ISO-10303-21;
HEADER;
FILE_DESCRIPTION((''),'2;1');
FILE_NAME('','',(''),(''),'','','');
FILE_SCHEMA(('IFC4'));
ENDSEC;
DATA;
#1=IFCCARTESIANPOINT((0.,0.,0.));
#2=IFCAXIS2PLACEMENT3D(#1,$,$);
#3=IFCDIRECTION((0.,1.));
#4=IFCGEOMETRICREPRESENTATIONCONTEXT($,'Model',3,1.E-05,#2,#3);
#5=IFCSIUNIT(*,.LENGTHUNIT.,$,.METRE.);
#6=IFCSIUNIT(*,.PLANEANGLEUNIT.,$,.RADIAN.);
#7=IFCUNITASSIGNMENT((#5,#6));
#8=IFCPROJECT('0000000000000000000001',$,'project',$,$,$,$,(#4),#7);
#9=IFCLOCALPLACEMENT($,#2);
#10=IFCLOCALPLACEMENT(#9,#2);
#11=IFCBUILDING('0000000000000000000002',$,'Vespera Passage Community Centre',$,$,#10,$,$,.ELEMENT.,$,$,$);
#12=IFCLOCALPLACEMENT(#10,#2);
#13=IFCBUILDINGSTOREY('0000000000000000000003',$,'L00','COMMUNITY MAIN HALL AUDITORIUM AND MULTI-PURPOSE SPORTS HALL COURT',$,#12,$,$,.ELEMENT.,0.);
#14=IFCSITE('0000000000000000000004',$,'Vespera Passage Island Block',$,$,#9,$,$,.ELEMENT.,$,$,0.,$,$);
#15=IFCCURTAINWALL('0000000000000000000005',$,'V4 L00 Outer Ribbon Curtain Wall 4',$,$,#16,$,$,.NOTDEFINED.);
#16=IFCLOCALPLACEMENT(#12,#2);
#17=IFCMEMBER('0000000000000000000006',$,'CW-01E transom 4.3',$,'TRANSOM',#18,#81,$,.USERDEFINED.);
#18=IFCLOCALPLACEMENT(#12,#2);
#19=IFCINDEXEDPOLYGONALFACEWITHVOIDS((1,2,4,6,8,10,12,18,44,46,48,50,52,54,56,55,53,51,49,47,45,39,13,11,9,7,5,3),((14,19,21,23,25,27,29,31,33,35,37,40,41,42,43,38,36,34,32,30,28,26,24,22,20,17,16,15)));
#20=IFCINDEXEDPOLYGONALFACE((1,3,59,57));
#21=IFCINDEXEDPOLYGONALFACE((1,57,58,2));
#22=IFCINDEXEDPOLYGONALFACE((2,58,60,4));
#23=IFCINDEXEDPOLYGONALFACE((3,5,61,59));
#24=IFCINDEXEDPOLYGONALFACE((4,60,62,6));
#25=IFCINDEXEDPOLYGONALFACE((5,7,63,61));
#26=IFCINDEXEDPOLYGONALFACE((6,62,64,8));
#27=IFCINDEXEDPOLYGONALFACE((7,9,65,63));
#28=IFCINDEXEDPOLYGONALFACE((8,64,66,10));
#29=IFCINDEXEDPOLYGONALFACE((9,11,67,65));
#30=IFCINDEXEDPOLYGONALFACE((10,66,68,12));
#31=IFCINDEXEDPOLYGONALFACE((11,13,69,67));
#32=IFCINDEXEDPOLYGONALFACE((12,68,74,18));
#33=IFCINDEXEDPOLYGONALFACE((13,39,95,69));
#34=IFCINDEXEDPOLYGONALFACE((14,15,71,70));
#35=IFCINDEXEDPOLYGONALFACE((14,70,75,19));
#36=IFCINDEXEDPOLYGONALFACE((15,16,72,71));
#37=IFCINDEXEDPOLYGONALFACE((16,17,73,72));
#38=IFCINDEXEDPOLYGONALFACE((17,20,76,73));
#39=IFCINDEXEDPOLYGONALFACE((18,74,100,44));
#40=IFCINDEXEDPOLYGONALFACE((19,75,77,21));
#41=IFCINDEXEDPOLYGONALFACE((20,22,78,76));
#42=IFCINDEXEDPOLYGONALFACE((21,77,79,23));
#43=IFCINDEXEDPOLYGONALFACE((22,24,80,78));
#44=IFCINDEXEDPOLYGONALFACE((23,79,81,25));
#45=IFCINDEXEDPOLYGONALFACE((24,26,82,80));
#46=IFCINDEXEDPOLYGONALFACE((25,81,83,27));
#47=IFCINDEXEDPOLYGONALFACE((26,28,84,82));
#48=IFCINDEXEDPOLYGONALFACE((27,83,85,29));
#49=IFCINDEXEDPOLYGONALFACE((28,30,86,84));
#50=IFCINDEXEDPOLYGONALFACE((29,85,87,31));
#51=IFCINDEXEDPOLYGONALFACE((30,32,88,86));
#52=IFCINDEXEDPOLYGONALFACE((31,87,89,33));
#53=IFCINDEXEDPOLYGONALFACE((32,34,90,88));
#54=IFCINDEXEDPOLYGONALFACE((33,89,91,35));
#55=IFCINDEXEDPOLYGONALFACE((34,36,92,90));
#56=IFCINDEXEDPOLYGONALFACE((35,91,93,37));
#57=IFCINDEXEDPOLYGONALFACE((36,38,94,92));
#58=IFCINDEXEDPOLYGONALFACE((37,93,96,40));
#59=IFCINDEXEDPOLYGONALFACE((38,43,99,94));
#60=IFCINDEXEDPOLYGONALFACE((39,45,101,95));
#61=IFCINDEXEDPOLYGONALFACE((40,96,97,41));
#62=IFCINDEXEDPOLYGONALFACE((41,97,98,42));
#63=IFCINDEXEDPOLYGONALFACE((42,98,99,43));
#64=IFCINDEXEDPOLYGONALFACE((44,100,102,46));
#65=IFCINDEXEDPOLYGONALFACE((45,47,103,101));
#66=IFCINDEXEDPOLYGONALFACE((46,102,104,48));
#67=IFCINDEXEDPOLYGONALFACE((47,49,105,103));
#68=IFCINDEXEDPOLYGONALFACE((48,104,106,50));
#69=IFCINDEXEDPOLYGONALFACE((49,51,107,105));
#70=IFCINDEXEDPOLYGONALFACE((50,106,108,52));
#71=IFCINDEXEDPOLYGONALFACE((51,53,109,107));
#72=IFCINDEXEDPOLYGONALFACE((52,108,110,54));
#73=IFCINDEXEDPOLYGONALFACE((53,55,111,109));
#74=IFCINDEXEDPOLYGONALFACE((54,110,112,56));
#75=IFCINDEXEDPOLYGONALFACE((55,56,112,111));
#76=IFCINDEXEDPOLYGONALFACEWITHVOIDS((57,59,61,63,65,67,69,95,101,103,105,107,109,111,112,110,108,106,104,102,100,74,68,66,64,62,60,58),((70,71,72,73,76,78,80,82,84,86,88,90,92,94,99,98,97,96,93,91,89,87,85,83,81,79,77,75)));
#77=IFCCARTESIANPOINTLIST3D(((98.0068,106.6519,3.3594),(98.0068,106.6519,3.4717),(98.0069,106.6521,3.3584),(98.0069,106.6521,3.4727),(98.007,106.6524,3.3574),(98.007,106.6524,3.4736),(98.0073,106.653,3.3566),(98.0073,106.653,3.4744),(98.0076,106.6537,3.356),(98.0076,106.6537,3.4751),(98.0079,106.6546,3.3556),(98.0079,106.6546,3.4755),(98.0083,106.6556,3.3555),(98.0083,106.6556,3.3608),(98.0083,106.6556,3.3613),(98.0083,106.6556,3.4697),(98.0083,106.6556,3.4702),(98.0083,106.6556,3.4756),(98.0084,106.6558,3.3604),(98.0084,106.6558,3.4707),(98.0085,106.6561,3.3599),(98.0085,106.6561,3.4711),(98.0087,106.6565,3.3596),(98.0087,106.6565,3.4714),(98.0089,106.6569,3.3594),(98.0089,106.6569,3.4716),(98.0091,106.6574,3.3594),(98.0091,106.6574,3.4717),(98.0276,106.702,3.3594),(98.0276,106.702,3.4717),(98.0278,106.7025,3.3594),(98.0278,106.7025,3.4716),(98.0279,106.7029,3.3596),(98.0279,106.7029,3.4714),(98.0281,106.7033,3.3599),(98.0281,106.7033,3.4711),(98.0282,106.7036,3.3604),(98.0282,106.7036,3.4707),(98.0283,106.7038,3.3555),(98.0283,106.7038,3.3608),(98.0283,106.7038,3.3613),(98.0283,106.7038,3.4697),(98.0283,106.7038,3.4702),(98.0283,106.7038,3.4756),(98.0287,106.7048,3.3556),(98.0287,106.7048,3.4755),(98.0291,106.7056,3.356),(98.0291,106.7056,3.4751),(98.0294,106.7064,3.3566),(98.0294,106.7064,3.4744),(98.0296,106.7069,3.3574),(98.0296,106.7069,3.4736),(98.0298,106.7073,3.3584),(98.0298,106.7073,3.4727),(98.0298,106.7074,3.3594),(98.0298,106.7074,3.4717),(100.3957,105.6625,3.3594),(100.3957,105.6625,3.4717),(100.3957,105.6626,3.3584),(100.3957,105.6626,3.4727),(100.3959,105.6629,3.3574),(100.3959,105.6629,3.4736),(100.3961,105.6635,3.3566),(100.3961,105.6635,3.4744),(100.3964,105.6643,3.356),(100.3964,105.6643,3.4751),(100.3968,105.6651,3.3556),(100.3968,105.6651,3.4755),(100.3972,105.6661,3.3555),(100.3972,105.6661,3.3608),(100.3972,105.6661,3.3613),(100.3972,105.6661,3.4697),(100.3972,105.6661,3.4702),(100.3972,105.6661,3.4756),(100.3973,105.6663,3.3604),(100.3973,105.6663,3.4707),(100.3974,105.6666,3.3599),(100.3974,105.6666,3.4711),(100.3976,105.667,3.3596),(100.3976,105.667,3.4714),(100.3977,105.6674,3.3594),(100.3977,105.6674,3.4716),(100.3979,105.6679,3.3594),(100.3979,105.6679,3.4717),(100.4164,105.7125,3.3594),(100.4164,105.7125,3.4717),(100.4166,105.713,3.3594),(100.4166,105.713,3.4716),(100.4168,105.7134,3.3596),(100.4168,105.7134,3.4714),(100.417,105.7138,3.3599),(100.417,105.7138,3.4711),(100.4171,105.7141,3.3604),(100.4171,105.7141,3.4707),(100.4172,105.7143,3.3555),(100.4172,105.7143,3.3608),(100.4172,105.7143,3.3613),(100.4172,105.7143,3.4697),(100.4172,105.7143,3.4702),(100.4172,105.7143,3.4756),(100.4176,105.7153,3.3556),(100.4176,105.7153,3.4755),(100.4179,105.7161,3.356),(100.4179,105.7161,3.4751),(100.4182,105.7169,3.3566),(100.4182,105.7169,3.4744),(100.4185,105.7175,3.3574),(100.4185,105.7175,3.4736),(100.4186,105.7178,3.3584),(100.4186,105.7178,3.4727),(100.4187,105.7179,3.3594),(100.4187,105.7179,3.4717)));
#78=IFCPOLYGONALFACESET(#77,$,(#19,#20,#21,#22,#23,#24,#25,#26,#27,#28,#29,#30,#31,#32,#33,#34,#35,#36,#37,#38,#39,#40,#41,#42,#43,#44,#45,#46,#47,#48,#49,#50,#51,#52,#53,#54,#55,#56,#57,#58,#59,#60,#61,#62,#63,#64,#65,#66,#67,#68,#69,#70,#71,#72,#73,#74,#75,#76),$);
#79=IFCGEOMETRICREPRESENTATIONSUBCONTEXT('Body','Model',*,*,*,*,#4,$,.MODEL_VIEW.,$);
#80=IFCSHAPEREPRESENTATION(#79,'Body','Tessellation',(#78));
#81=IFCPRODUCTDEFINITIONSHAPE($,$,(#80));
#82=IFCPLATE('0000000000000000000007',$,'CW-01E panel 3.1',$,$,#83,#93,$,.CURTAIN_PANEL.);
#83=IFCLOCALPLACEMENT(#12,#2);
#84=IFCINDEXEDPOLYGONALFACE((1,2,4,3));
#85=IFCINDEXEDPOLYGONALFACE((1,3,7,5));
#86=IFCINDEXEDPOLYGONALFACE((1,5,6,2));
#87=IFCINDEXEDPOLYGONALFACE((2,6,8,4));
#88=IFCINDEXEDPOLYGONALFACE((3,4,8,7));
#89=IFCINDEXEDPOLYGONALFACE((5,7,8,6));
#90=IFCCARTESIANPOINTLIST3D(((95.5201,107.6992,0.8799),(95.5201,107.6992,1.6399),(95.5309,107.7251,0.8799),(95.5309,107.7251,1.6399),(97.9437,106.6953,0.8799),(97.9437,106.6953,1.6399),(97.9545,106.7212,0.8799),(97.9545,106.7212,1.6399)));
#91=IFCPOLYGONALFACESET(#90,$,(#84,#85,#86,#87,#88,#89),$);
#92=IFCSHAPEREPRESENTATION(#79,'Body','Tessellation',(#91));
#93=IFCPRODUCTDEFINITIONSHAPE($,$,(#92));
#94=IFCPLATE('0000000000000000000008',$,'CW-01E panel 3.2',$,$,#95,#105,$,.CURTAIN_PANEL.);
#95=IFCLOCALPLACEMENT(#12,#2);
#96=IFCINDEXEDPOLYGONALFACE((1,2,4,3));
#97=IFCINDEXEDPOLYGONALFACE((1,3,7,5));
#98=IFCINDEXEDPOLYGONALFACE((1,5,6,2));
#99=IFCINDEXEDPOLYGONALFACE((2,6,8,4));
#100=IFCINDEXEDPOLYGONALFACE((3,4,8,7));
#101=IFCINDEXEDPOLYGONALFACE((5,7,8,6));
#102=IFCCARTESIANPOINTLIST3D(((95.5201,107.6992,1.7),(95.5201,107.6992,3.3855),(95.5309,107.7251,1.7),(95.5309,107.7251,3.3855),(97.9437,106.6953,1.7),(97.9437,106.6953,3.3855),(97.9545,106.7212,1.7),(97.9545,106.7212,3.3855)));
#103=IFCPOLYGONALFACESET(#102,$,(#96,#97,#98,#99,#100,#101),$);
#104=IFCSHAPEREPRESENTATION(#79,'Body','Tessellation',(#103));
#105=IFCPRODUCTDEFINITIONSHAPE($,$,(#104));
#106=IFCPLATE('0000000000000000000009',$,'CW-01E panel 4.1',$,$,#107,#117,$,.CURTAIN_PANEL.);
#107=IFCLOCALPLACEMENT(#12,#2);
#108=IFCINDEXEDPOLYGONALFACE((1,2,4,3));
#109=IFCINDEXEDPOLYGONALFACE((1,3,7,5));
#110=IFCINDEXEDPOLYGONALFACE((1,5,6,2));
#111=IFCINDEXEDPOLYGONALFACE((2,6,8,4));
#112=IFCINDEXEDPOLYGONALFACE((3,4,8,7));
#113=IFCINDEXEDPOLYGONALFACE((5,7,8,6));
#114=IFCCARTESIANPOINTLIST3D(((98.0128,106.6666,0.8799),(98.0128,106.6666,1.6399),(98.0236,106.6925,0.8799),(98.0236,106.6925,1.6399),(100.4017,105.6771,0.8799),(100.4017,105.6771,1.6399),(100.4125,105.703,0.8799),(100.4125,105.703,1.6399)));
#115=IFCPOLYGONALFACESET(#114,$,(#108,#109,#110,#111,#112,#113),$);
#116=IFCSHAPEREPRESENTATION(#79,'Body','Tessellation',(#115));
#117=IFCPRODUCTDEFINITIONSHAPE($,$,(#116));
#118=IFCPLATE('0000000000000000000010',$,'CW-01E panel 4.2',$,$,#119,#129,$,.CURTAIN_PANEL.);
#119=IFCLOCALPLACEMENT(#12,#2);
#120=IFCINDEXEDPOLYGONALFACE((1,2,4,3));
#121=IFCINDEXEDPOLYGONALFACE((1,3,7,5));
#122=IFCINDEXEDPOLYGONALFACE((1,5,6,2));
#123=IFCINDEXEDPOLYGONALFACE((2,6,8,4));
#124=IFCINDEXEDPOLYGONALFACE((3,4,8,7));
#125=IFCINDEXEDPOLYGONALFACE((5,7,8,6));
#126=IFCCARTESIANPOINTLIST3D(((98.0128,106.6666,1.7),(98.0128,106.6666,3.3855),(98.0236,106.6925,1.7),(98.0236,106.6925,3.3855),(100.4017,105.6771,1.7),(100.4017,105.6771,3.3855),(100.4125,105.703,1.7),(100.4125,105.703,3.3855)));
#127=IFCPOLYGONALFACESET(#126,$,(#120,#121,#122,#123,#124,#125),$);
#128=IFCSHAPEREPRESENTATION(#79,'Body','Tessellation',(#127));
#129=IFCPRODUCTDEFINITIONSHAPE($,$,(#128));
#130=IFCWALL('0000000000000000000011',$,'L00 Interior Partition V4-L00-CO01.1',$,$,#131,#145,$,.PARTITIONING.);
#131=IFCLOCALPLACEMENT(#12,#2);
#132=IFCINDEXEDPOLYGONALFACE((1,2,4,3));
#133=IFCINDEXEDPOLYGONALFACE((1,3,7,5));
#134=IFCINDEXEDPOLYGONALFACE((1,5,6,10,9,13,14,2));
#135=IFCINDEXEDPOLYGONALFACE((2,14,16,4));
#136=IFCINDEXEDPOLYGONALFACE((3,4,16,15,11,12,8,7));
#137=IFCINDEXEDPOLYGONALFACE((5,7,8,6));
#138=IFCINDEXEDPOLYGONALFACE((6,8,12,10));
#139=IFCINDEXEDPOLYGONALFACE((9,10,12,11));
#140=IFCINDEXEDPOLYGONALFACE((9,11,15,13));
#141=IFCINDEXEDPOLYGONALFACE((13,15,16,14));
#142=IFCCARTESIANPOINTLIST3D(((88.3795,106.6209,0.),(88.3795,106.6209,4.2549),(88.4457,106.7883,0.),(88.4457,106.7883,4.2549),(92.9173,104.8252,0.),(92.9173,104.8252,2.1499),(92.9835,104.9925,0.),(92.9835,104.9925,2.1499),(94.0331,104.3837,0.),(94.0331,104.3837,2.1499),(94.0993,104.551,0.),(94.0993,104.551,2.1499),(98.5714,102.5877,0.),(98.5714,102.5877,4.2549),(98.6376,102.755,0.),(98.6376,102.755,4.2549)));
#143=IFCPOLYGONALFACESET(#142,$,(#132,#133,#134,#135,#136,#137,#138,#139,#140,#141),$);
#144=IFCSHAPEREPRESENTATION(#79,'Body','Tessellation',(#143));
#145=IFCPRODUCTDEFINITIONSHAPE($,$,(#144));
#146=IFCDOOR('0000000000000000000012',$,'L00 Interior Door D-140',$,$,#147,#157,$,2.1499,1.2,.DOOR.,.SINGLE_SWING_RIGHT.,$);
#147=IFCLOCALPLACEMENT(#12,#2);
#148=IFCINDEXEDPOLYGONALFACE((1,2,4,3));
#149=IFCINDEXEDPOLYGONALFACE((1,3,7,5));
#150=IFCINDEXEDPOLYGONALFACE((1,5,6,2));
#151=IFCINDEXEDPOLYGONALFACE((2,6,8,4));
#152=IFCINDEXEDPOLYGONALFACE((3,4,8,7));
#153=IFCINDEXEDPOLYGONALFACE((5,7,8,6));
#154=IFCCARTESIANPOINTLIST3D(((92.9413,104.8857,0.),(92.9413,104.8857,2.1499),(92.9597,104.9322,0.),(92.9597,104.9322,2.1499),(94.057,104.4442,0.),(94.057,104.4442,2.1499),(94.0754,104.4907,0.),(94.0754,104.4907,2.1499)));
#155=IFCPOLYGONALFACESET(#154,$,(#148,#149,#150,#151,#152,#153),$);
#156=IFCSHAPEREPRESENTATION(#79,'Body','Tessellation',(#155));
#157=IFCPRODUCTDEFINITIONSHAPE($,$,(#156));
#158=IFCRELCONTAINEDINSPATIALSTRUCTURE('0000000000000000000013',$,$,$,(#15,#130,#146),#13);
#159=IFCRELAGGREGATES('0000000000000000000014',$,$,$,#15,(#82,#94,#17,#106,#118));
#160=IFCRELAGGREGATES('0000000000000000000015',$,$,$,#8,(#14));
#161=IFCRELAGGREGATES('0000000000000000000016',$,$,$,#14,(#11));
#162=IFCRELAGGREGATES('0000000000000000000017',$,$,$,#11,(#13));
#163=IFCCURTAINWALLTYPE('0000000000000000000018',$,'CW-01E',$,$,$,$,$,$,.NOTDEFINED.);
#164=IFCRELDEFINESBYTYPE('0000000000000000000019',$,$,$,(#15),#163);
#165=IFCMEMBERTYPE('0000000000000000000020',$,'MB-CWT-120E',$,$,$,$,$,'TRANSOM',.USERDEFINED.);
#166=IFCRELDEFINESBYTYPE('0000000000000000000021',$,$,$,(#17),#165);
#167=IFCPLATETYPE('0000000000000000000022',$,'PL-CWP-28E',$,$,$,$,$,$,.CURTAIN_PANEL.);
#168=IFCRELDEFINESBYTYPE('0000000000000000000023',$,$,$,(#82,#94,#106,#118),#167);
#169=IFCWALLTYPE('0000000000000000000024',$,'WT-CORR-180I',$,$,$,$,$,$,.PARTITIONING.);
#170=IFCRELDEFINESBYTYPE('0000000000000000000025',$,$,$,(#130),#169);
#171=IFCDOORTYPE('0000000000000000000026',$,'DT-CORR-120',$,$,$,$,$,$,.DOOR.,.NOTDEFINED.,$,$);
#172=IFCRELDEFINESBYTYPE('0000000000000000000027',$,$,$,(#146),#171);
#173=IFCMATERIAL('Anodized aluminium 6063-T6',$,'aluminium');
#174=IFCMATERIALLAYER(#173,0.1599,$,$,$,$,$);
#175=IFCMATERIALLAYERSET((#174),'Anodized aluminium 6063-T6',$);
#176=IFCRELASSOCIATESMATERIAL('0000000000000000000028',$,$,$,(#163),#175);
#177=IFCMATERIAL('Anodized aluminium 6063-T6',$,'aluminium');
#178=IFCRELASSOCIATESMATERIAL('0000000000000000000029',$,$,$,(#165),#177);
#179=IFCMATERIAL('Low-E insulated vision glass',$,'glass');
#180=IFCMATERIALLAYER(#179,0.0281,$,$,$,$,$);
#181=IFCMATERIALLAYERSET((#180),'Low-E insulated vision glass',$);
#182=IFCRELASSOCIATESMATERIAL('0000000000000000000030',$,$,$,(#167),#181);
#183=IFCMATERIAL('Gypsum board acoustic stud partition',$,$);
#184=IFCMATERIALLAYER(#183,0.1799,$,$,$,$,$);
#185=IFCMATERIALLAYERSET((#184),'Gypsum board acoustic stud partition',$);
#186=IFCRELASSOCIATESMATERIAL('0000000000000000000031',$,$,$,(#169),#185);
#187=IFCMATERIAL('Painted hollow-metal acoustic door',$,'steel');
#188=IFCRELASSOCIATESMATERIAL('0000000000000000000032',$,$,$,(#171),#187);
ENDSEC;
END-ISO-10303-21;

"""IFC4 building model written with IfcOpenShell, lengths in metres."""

from ifc_helpers import new_model, si_unit, direction, frame, frame_2d, origin, origin_2d, place, context, subcontext, project, spatial, rectangle, hollow_rectangle, extrude, material, layer, layer_set, material_profile, profile_set, type_object, element, fill, aggregate, save


model = new_model("IFC4")

# Units and contexts
model_context = context("Model", 3, precision=1e-05, world=origin(), true_north=direction((0.0, 1.0)))
body_context = subcontext(model_context, "Body", "Model", "MODEL_VIEW")
ifc_project = project(units=[si_unit("LENGTHUNIT", "METRE"), si_unit("PLANEANGLEUNIT", "RADIAN")], contexts=[model_context])

# Site, building, storey
site_placement = place(None, origin())
site = spatial("IfcSite", under=ifc_project, at=site_placement, Name="Vespera Passage Island Block", CompositionType="ELEMENT", RefElevation=0.0)
building_placement = place(site_placement, origin())
building = spatial("IfcBuilding", under=site, at=building_placement, Name="Vespera Passage Community Centre", CompositionType="ELEMENT")
storey_placement = place(building_placement, origin())
storey = spatial("IfcBuildingStorey", under=building, at=storey_placement, Name="L00", Description="COMMUNITY MAIN HALL AUDITORIUM AND MULTI-PURPOSE SPORTS HALL COURT", CompositionType="ELEMENT", Elevation=0.0)

# Curtain wall, member, plates
ifc_material_1 = material(Name="Anodized aluminium 6063-T6", Category="aluminium")
ifc_layer_1 = layer(ifc_material_1, 0.1599)
ifc_layer_set_1 = layer_set([ifc_layer_1], Name="Anodized aluminium 6063-T6")
curtain_wall_type = type_object("IfcCurtainWallType", Name="CW-01E", PredefinedType="NOTDEFINED", material=ifc_layer_set_1)
curtain_wall_placement = place(storey_placement, origin())
curtain_wall = element("IfcCurtainWall", 1, at=curtain_wall_placement, inside=storey, type_object=curtain_wall_type, Name="V4 L00 Outer Ribbon Curtain Wall 4", PredefinedType="NOTDEFINED")
ifc_material_2 = material(Name="Anodized aluminium 6063-T6", Category="aluminium")
ifc_material_profile_1 = material_profile(ifc_material_2, hollow_rectangle(XDim=0.0601, YDim=0.1201, WallThickness=0.0039, InnerFilletRadius=0.002, OuterFilletRadius=0.0039, at=origin_2d()), Name="ALU120X60X4")
ifc_profile_set_1 = profile_set([ifc_material_profile_1], Name="Anodized aluminium 6063-T6")
member_type_1 = type_object("IfcMemberType", Name="MB-CWT-120E", ElementType="TRANSOM", PredefinedType="USERDEFINED", material=ifc_profile_set_1)
member_1_placement = place(storey_placement, frame((98.0183, 106.6797, 3.4155), z_axis=(0.923882, -0.382677, 0.0), x_axis=(0.382677, 0.923882, 0.0)))
member_1 = element("IfcMember", 2, at=member_1_placement, type_object=member_type_1, Name="CW-01E transom 4.3", ObjectType="TRANSOM", PredefinedType="USERDEFINED", context=body_context, shape_type="SweptSolid", body=[
    extrude(hollow_rectangle(XDim=0.0601, YDim=0.1201, WallThickness=0.0039, InnerFilletRadius=0.002, OuterFilletRadius=0.0039, at=origin_2d()), origin(), (0.0, 0.0, 1.0), 2.5857),
])
ifc_material_3 = material(Name="Low-E insulated vision glass", Category="glass")
ifc_layer_2 = layer(ifc_material_3, 0.0281)
ifc_layer_set_2 = layer_set([ifc_layer_2], Name="Low-E insulated vision glass")
plate_type = type_object("IfcPlateType", Name="PL-CWP-28E", PredefinedType="CURTAIN_PANEL", material=ifc_layer_set_2)
plate_1_placement = place(storey_placement, frame((96.7373, 107.2102, 0.8799), z_axis=(0.0, 0.0, 1.0), x_axis=(0.92388, -0.382683, 0.0)))
plate_1 = element("IfcPlate", 3, at=plate_1_placement, type_object=plate_type, Name="CW-01E panel 3.1", PredefinedType="CURTAIN_PANEL", context=body_context, shape_type="SweptSolid", body=[
    extrude(rectangle(XDim=2.6233, YDim=0.0281, at=origin_2d()), origin(), (0.0, 0.0, 1.0), 0.76),
])
plate_2_placement = place(storey_placement, frame((96.7373, 107.2102, 1.7), z_axis=(0.0, 0.0, 1.0), x_axis=(0.92388, -0.382683, 0.0)))
plate_2 = element("IfcPlate", 4, at=plate_2_placement, type_object=plate_type, Name="CW-01E panel 3.2", PredefinedType="CURTAIN_PANEL", context=body_context, shape_type="SweptSolid", body=[
    extrude(rectangle(XDim=2.6233, YDim=0.0281, at=origin_2d()), origin(), (0.0, 0.0, 1.0), 1.6855),
])
plate_3_placement = place(storey_placement, frame((99.2126, 106.1848, 0.8799), z_axis=(0.0, 0.0, 1.0), x_axis=(0.92388, -0.382683, 0.0)))
plate_3 = element("IfcPlate", 5, at=plate_3_placement, type_object=plate_type, Name="CW-01E panel 4.1", PredefinedType="CURTAIN_PANEL", context=body_context, shape_type="SweptSolid", body=[
    extrude(rectangle(XDim=2.5857, YDim=0.0281, at=origin_2d()), origin(), (0.0, 0.0, 1.0), 0.76),
])
plate_4_placement = place(storey_placement, frame((99.2126, 106.1848, 1.7), z_axis=(0.0, 0.0, 1.0), x_axis=(0.92388, -0.382683, 0.0)))
plate_4 = element("IfcPlate", 6, at=plate_4_placement, type_object=plate_type, Name="CW-01E panel 4.2", PredefinedType="CURTAIN_PANEL", context=body_context, shape_type="SweptSolid", body=[
    extrude(rectangle(XDim=2.5857, YDim=0.0281, at=origin_2d()), origin(), (0.0, 0.0, 1.0), 1.6855),
])
aggregate(curtain_wall, [plate_1, plate_2, member_1, plate_3, plate_4])

# Wall, opening, door
ifc_material_4 = material(Name="Gypsum board acoustic stud partition")
ifc_layer_3 = layer(ifc_material_4, 0.1799)
ifc_layer_set_3 = layer_set([ifc_layer_3], Name="Gypsum board acoustic stud partition")
wall_type_1 = type_object("IfcWallType", Name="WT-CORR-180I", PredefinedType="PARTITIONING", material=ifc_layer_set_3)
wall_1_placement = place(storey_placement, frame((98.6045, 102.6714, 0.0), z_axis=(0.0, 0.0, 1.0), x_axis=(-0.929841, 0.367963, 0.0)))
wall_1 = element("IfcWall", 7, at=wall_1_placement, inside=storey, type_object=wall_type_1, Name="L00 Interior Partition V4-L00-CO01.1", PredefinedType="PARTITIONING", context=body_context, shape_type="SweptSolid", body=[
    extrude(rectangle(XDim=10.9609, YDim=0.1799, at=frame_2d((5.4805, 0.0))), origin(), (0.0, 0.0, 1.0), 4.2549),
])
opening_1_placement = place(wall_1_placement, frame((4.8806, 0.0, 0.0)))
opening_1 = element("IfcOpeningElement", 8, at=opening_1_placement, cuts=wall_1, PredefinedType="OPENING", context=body_context, shape_type="SweptSolid", body=[
    extrude(rectangle(XDim=1.2, YDim=2.1499, at=frame_2d((0.6001, 1.075))), frame((0.0, 0.0999, 0.0), z_axis=(0.0, -1.0, 0.0), x_axis=(1.0, 0.0, 0.0)), (0.0, 0.0, 1.0), 0.2),
])
ifc_material_5 = material(Name="Painted hollow-metal acoustic door", Category="steel")
door_type_1 = type_object("IfcDoorType", Name="DT-CORR-120", OperationType="NOTDEFINED", PredefinedType="DOOR", material=ifc_material_5)
door_1_placement = place(opening_1_placement, origin())
door_1 = element("IfcDoor", 9, at=door_1_placement, inside=storey, type_object=door_type_1, Name="L00 Interior Door D-140", OperationType="SINGLE_SWING_RIGHT", OverallHeight=2.1499, OverallWidth=1.2, PredefinedType="DOOR", context=body_context, shape_type="SweptSolid", body=[
    extrude(rectangle(XDim=1.2, YDim=2.1499, at=frame_2d((0.6001, 1.075))), frame((0.0, 0.0249, 0.0), z_axis=(0.0, -1.0, 0.0), x_axis=(1.0, 0.0, 0.0)), (0.0, 0.0, 1.0), 0.05),
])
fill(opening_1, door_1)

save(model, "model.ifc")
